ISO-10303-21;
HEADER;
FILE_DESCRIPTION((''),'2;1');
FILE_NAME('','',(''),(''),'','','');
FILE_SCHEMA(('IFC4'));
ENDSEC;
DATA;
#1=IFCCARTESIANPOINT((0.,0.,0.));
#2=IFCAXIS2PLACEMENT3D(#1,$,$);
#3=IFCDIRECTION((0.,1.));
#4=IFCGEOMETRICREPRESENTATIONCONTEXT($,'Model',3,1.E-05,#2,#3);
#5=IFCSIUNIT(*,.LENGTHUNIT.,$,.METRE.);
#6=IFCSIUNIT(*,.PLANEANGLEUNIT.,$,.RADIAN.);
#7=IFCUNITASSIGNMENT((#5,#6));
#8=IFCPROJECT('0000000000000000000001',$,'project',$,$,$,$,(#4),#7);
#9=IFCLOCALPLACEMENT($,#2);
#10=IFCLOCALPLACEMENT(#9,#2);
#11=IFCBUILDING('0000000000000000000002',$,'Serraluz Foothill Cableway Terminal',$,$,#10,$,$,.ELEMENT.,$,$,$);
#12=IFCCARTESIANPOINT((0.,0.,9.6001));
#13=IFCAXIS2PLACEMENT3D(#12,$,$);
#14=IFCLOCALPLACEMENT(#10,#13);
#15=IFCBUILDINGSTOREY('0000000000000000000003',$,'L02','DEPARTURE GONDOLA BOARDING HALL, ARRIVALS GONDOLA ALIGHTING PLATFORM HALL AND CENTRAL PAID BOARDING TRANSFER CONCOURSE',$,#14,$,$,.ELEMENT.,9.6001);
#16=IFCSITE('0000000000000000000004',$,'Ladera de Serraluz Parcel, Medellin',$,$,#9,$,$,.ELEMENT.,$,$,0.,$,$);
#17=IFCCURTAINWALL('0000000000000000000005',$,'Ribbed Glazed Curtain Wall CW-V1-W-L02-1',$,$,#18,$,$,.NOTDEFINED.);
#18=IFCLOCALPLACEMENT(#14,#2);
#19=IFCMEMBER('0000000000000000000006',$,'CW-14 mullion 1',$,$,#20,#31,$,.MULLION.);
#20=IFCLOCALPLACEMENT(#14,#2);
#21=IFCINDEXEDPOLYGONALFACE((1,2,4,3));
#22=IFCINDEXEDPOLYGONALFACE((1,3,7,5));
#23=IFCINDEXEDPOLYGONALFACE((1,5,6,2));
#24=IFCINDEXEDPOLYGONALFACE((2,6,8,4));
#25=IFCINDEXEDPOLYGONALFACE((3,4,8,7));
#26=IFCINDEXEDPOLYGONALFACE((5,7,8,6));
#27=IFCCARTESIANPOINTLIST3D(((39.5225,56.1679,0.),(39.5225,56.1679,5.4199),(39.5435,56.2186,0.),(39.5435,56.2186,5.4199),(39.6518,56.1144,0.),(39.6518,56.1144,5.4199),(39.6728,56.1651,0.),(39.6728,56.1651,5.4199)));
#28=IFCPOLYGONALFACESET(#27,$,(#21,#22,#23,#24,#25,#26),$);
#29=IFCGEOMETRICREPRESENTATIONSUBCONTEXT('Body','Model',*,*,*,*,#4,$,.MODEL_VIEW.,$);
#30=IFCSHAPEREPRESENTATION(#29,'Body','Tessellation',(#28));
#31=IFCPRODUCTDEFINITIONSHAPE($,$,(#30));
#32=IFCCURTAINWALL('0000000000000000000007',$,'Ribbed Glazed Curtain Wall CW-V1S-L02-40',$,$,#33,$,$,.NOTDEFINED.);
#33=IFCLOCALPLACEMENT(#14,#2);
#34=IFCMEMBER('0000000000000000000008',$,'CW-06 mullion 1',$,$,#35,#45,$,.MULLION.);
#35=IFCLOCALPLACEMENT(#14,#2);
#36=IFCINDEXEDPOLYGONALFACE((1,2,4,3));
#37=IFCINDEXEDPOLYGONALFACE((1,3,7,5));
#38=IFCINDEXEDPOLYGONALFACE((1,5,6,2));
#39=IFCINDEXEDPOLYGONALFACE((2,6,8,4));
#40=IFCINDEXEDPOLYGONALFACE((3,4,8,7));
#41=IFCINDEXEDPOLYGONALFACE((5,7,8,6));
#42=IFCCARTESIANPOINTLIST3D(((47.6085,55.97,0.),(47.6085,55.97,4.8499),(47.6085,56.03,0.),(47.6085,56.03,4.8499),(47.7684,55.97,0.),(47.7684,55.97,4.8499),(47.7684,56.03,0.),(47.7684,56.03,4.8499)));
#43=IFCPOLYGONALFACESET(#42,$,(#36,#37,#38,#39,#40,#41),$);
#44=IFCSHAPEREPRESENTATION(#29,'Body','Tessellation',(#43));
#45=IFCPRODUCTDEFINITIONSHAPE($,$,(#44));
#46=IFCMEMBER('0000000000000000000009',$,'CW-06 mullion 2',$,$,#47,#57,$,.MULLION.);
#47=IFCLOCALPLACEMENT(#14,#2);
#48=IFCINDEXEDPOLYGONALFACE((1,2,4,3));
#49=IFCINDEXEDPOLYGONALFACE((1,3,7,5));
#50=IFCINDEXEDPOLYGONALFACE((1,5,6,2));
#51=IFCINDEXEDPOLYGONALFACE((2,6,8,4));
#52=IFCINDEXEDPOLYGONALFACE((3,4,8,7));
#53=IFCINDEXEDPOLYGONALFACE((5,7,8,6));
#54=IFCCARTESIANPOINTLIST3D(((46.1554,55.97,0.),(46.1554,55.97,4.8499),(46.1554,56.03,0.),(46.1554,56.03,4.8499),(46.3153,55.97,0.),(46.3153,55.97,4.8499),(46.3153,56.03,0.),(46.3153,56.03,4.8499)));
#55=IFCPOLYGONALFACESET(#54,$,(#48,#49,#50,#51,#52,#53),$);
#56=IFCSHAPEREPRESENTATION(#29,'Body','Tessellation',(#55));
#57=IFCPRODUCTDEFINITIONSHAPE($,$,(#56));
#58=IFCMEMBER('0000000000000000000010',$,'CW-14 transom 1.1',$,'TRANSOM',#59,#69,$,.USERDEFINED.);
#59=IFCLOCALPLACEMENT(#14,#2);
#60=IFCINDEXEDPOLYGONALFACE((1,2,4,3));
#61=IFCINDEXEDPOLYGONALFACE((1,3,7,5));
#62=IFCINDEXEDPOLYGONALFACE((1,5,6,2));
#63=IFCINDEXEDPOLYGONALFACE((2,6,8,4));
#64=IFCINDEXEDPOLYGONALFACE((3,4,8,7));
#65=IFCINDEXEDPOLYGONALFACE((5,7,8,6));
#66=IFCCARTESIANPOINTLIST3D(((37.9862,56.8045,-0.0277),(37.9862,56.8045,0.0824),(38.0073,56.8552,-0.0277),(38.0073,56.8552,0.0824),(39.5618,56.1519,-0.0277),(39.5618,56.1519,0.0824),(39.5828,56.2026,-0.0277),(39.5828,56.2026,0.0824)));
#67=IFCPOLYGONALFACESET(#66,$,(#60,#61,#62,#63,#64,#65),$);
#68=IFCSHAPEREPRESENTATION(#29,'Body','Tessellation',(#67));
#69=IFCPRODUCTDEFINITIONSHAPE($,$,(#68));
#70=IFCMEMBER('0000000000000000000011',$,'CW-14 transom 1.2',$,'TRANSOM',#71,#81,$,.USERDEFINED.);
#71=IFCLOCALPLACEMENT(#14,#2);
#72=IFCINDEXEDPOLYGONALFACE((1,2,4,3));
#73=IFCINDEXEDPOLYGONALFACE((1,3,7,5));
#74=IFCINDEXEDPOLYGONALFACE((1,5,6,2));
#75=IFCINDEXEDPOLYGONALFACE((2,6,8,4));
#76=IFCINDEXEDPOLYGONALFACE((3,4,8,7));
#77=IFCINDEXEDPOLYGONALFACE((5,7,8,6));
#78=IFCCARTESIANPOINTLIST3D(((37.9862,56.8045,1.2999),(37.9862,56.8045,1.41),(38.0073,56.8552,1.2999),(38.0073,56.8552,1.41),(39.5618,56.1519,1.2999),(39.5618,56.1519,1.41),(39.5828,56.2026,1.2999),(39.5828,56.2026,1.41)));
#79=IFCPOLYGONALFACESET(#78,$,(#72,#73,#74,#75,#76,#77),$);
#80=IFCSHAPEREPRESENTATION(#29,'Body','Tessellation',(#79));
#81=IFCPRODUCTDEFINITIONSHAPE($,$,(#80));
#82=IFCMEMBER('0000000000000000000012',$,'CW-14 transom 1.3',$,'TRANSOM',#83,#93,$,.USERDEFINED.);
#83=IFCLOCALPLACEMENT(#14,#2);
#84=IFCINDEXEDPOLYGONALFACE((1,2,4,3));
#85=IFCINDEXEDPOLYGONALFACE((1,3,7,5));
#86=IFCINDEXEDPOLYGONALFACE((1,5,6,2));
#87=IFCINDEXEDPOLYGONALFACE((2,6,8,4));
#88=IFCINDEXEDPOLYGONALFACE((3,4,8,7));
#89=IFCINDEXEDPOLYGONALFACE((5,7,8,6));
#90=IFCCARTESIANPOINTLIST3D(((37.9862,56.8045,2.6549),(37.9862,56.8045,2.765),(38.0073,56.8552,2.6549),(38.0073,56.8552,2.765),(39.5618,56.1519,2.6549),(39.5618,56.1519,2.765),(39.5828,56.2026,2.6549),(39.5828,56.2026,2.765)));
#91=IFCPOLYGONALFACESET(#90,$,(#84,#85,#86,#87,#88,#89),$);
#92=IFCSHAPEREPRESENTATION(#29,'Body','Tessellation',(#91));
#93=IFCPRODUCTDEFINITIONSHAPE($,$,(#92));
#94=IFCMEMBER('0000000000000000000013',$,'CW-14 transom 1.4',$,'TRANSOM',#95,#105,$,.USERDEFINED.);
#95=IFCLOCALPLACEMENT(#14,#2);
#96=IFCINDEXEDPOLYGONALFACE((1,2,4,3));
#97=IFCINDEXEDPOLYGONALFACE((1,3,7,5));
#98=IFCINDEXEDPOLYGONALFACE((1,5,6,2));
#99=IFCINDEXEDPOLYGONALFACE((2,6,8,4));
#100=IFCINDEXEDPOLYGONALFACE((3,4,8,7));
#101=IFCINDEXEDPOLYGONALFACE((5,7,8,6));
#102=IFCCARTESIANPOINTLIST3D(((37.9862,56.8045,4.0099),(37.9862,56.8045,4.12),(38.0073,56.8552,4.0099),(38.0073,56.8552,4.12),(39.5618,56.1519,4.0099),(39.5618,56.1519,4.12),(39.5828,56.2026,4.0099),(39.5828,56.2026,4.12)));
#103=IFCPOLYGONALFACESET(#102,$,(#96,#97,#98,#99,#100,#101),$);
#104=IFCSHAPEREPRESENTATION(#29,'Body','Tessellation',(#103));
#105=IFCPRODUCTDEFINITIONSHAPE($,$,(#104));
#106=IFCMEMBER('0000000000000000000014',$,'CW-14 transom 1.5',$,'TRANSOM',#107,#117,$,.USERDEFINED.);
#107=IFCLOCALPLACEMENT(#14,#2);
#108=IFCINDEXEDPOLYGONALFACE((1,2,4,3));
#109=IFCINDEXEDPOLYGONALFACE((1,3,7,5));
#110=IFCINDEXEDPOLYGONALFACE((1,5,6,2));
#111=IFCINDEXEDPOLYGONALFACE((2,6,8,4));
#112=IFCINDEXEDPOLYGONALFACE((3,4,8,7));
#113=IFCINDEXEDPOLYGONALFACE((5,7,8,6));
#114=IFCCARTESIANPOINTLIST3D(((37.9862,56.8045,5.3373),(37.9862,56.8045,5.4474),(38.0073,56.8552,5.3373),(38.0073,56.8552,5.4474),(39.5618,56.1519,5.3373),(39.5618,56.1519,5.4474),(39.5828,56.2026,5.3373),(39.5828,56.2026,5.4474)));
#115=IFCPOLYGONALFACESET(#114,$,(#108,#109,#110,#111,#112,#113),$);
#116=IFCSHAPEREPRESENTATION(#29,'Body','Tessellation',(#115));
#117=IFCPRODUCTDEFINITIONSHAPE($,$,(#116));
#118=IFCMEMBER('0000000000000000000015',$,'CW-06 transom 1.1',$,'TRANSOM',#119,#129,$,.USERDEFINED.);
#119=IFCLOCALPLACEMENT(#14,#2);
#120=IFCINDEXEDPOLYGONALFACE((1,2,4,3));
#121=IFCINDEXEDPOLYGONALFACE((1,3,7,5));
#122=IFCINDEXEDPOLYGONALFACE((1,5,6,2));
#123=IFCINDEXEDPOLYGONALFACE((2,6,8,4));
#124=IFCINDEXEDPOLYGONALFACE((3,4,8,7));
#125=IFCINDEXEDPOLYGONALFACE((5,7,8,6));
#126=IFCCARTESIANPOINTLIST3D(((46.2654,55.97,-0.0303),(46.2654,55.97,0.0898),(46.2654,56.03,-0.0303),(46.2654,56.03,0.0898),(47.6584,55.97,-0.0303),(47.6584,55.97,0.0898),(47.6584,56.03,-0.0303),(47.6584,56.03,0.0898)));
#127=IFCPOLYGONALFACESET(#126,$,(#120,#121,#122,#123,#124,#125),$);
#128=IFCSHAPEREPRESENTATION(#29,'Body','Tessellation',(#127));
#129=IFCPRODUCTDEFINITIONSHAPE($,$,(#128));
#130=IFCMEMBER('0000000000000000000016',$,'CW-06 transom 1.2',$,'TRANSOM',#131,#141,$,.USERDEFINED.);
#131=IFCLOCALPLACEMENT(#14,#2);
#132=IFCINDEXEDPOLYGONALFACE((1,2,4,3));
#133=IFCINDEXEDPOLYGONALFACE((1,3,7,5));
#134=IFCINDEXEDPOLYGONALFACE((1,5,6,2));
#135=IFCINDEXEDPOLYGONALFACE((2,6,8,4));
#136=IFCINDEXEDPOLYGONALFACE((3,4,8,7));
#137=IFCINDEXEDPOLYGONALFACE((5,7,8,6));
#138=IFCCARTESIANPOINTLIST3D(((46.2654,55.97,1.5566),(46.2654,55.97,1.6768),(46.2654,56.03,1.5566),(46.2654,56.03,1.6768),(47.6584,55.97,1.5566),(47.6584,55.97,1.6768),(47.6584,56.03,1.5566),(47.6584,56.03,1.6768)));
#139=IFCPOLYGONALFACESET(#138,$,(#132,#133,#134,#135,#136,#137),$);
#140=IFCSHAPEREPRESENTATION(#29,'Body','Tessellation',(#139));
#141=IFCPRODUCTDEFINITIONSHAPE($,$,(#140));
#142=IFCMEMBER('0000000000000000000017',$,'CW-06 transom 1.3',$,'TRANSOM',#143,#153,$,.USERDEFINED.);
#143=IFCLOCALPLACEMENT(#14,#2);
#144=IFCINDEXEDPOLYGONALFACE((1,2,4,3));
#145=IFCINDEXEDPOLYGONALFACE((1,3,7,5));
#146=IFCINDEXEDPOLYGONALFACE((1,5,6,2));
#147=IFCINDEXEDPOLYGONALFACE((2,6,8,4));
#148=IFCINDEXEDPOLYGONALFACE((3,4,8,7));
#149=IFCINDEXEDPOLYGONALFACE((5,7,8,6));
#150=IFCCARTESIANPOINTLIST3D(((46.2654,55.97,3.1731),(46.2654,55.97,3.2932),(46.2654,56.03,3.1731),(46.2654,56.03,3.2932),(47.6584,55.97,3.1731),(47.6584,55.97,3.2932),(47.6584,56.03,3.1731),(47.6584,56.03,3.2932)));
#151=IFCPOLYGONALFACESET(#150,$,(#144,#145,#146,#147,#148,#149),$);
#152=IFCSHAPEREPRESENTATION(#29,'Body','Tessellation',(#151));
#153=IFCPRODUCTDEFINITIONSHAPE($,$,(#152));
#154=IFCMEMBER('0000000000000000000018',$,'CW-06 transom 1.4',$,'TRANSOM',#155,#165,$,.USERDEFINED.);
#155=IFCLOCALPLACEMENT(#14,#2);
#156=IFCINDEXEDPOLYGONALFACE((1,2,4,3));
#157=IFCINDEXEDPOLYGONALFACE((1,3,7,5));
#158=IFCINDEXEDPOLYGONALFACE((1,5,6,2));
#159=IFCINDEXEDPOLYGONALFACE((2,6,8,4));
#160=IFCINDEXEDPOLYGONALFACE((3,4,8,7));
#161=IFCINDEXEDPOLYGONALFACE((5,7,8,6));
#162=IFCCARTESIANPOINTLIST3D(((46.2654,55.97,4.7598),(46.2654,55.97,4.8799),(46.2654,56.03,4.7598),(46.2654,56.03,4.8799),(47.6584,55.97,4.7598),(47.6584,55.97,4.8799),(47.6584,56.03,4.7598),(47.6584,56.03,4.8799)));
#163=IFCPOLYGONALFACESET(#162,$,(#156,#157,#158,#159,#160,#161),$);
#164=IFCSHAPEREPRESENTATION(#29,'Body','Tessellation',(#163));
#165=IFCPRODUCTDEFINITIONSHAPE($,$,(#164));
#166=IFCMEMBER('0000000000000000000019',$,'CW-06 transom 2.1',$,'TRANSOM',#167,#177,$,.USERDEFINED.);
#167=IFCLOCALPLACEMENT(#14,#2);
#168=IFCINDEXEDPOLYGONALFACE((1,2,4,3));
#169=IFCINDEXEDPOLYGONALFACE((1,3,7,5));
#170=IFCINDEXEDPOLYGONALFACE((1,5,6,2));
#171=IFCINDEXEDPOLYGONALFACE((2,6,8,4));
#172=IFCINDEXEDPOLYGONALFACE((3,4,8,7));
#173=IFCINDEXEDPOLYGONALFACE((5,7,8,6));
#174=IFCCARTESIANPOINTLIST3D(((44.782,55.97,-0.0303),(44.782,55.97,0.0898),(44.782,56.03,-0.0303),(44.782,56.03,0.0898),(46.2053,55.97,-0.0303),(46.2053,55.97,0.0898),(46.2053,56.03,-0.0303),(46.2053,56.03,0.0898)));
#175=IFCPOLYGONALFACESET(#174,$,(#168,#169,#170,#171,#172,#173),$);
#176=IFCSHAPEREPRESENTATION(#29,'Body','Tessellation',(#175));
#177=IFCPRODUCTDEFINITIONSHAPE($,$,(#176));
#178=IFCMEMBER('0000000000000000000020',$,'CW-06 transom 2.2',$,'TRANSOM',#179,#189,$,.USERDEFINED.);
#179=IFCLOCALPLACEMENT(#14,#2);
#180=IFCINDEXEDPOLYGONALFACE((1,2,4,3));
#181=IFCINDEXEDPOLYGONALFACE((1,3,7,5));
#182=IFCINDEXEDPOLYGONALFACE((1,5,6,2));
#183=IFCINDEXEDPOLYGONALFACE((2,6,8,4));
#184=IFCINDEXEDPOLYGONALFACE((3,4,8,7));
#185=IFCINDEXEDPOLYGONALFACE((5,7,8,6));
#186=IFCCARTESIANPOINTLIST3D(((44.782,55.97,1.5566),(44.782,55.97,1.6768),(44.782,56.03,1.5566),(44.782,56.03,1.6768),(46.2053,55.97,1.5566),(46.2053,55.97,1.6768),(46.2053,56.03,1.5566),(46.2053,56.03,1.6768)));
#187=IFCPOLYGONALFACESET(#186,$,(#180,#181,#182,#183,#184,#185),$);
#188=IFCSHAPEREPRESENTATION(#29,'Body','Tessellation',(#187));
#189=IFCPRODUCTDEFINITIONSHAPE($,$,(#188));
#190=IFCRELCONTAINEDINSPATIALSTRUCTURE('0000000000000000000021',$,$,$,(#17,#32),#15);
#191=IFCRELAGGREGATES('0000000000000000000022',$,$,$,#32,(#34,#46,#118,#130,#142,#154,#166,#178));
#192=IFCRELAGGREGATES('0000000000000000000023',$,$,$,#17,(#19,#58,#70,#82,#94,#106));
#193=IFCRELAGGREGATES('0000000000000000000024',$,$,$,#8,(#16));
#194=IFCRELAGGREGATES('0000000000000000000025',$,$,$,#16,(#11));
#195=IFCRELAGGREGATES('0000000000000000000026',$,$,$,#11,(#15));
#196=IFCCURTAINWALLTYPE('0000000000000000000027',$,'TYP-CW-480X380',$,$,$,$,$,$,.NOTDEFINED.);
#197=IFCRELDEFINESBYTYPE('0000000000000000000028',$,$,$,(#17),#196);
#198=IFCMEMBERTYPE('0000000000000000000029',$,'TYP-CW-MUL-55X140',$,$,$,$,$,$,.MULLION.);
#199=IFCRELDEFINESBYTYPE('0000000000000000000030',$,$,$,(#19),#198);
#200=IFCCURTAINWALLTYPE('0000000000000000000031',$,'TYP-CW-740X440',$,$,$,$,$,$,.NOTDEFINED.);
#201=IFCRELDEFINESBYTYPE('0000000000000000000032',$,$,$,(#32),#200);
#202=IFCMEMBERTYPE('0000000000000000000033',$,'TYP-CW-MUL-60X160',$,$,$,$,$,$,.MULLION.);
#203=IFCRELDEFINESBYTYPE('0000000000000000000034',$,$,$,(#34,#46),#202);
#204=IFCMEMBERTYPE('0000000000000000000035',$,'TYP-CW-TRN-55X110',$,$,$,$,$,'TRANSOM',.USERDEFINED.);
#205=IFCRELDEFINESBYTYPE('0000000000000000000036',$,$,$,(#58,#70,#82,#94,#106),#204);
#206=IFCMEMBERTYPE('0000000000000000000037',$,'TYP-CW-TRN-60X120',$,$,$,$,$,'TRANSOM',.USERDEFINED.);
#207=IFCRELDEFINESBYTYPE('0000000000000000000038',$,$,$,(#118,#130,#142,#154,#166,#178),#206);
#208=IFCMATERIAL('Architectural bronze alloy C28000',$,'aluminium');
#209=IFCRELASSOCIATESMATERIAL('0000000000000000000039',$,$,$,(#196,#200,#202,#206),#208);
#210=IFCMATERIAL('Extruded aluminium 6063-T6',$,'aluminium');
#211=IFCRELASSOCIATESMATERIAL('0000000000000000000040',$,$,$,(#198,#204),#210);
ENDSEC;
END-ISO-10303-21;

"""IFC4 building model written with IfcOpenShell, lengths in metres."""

from ifc_helpers import new_model, si_unit, direction, frame, origin, origin_2d, place, context, subcontext, project, spatial, rectangle, extrude, material, material_profile, profile_set, type_object, element, aggregate, save


model = new_model("IFC4")

# Units and contexts
model_context = context("Model", 3, precision=1e-05, world=origin(), true_north=direction((0.0, 1.0)))
body_context = subcontext(model_context, "Body", "Model", "MODEL_VIEW")
ifc_project = project(units=[si_unit("LENGTHUNIT", "METRE"), si_unit("PLANEANGLEUNIT", "RADIAN")], contexts=[model_context])

# Site, building, storey
site_placement = place(None, origin())
site = spatial("IfcSite", under=ifc_project, at=site_placement, Name="Ladera de Serraluz Parcel, Medellin", CompositionType="ELEMENT", RefElevation=0.0)
building_placement = place(site_placement, origin())
building = spatial("IfcBuilding", under=site, at=building_placement, Name="Serraluz Foothill Cableway Terminal", CompositionType="ELEMENT")
storey_placement = place(building_placement, frame((0.0, 0.0, 9.6001)))
storey = spatial("IfcBuildingStorey", under=building, at=storey_placement, Name="L02", Description="DEPARTURE GONDOLA BOARDING HALL, ARRIVALS GONDOLA ALIGHTING PLATFORM HALL AND CENTRAL PAID BOARDING TRANSFER CONCOURSE", CompositionType="ELEMENT", Elevation=9.6001)

# Curtain wall, member
ifc_material_1 = material(Name="Architectural bronze alloy C28000", Category="aluminium")
curtain_wall_type_1 = type_object("IfcCurtainWallType", Name="TYP-CW-480X380", PredefinedType="NOTDEFINED", material=ifc_material_1)
curtain_wall_1_placement = place(storey_placement, origin())
curtain_wall_1 = element("IfcCurtainWall", 1, at=curtain_wall_1_placement, inside=storey, type_object=curtain_wall_type_1, Name="Ribbed Glazed Curtain Wall CW-V1-W-L02-1", PredefinedType="NOTDEFINED")
ifc_material_2 = material(Name="Extruded aluminium 6063-T6", Category="aluminium")
ifc_material_profile_1 = material_profile(ifc_material_2, rectangle(XDim=0.0549, YDim=0.1399, at=origin_2d()), Name="ALU MULLION 55x140")
ifc_profile_set_1 = profile_set([ifc_material_profile_1], Name="Extruded aluminium 6063-T6")
member_type_1 = type_object("IfcMemberType", Name="TYP-CW-MUL-55X140", PredefinedType="MULLION", material=ifc_profile_set_1)
member_1_placement = place(storey_placement, frame((39.5977, 56.1665, 0.0), z_axis=(0.0, 0.0, 1.0), x_axis=(-0.382682, -0.92388, 0.0)))
member_1 = element("IfcMember", 2, at=member_1_placement, type_object=member_type_1, Name="CW-14 mullion 1", PredefinedType="MULLION", context=body_context, shape_type="SweptSolid", body=[
    extrude(rectangle(XDim=0.0549, YDim=0.1399, at=origin_2d()), origin(), (0.0, 0.0, 1.0), 5.4199),
])

# Curtain wall, members
curtain_wall_type_2 = type_object("IfcCurtainWallType", Name="TYP-CW-740X440", PredefinedType="NOTDEFINED", material=ifc_material_1)
curtain_wall_2_placement = place(storey_placement, origin())
curtain_wall_2 = element("IfcCurtainWall", 3, at=curtain_wall_2_placement, inside=storey, type_object=curtain_wall_type_2, Name="Ribbed Glazed Curtain Wall CW-V1S-L02-40", PredefinedType="NOTDEFINED")
ifc_material_profile_2 = material_profile(ifc_material_1, rectangle(XDim=0.0601, YDim=0.1599, at=origin_2d()), Name="ALU MULLION 60x160")
ifc_profile_set_2 = profile_set([ifc_material_profile_2], Name="Architectural bronze alloy C28000")
member_type_2 = type_object("IfcMemberType", Name="TYP-CW-MUL-60X160", PredefinedType="MULLION", material=ifc_profile_set_2)
member_2_placement = place(storey_placement, frame((47.6885, 56.0, 0.0), z_axis=(0.0, 0.0, 1.0), x_axis=(0.0, -1.0, 0.0)))
member_2 = element("IfcMember", 4, at=member_2_placement, type_object=member_type_2, Name="CW-06 mullion 1", PredefinedType="MULLION", context=body_context, shape_type="SweptSolid", body=[
    extrude(rectangle(XDim=0.0601, YDim=0.1599, at=origin_2d()), origin(), (0.0, 0.0, 1.0), 4.8499),
])
member_3_placement = place(storey_placement, frame((46.2354, 56.0, 0.0), z_axis=(0.0, 0.0, 1.0), x_axis=(0.0, -1.0, 0.0)))
member_3 = element("IfcMember", 5, at=member_3_placement, type_object=member_type_2, Name="CW-06 mullion 2", PredefinedType="MULLION", context=body_context, shape_type="SweptSolid", body=[
    extrude(rectangle(XDim=0.0601, YDim=0.1599, at=origin_2d()), origin(), (0.0, 0.0, 1.0), 4.8499),
])

# Members
ifc_material_profile_3 = material_profile(ifc_material_2, rectangle(XDim=0.0549, YDim=0.1101, at=origin_2d()), Name="ALU TRANSOM 55x110")
ifc_profile_set_3 = profile_set([ifc_material_profile_3], Name="Extruded aluminium 6063-T6")
member_type_3 = type_object("IfcMemberType", Name="TYP-CW-TRN-55X110", ElementType="TRANSOM", PredefinedType="USERDEFINED", material=ifc_profile_set_3)
member_4_placement = place(storey_placement, frame((39.5723, 56.1772, 0.0273), z_axis=(-0.923875, 0.382693, 0.0), x_axis=(-0.382693, -0.923875, 0.0)))
member_4 = element("IfcMember", 6, at=member_4_placement, type_object=member_type_3, Name="CW-14 transom 1.1", ObjectType="TRANSOM", PredefinedType="USERDEFINED", context=body_context, shape_type="SweptSolid", body=[
    extrude(rectangle(XDim=0.0549, YDim=0.1101, at=origin_2d()), origin(), (0.0, 0.0, 1.0), 1.7053),
])
member_5_placement = place(storey_placement, frame((39.5723, 56.1772, 1.355), z_axis=(-0.923875, 0.382693, 0.0), x_axis=(-0.382693, -0.923875, 0.0)))
member_5 = element("IfcMember", 7, at=member_5_placement, type_object=member_type_3, Name="CW-14 transom 1.2", ObjectType="TRANSOM", PredefinedType="USERDEFINED", context=body_context, shape_type="SweptSolid", body=[
    extrude(rectangle(XDim=0.0549, YDim=0.1101, at=origin_2d()), origin(), (0.0, 0.0, 1.0), 1.7053),
])
member_6_placement = place(storey_placement, frame((39.5723, 56.1772, 2.71), z_axis=(-0.923875, 0.382693, 0.0), x_axis=(-0.382693, -0.923875, 0.0)))
member_6 = element("IfcMember", 8, at=member_6_placement, type_object=member_type_3, Name="CW-14 transom 1.3", ObjectType="TRANSOM", PredefinedType="USERDEFINED", context=body_context, shape_type="SweptSolid", body=[
    extrude(rectangle(XDim=0.0549, YDim=0.1101, at=origin_2d()), origin(), (0.0, 0.0, 1.0), 1.7053),
])
member_7_placement = place(storey_placement, frame((39.5723, 56.1772, 4.0649), z_axis=(-0.923875, 0.382693, 0.0), x_axis=(-0.382693, -0.923875, 0.0)))
member_7 = element("IfcMember", 9, at=member_7_placement, type_object=member_type_3, Name="CW-14 transom 1.4", ObjectType="TRANSOM", PredefinedType="USERDEFINED", context=body_context, shape_type="SweptSolid", body=[
    extrude(rectangle(XDim=0.0549, YDim=0.1101, at=origin_2d()), origin(), (0.0, 0.0, 1.0), 1.7053),
])
member_8_placement = place(storey_placement, frame((39.5723, 56.1772, 5.3923), z_axis=(-0.923875, 0.382693, 0.0), x_axis=(-0.382693, -0.923875, 0.0)))
member_8 = element("IfcMember", 10, at=member_8_placement, type_object=member_type_3, Name="CW-14 transom 1.5", ObjectType="TRANSOM", PredefinedType="USERDEFINED", context=body_context, shape_type="SweptSolid", body=[
    extrude(rectangle(XDim=0.0549, YDim=0.1101, at=origin_2d()), origin(), (0.0, 0.0, 1.0), 1.7053),
])
ifc_material_profile_4 = material_profile(ifc_material_1, rectangle(XDim=0.0601, YDim=0.1201, at=origin_2d()), Name="ALU TRANSOM 60x120")
ifc_profile_set_4 = profile_set([ifc_material_profile_4], Name="Architectural bronze alloy C28000")
member_type_4 = type_object("IfcMemberType", Name="TYP-CW-TRN-60X120", ElementType="TRANSOM", PredefinedType="USERDEFINED", material=ifc_profile_set_4)
member_9_placement = place(storey_placement, frame((47.6584, 56.0, 0.0298), z_axis=(-1.0, 0.0, 0.0), x_axis=(0.0, -1.0, 0.0)))
member_9 = element("IfcMember", 11, at=member_9_placement, type_object=member_type_4, Name="CW-06 transom 1.1", ObjectType="TRANSOM", PredefinedType="USERDEFINED", context=body_context, shape_type="SweptSolid", body=[
    extrude(rectangle(XDim=0.0601, YDim=0.1201, at=origin_2d()), origin(), (0.0, 0.0, 1.0), 1.3931),
])
member_10_placement = place(storey_placement, frame((47.6584, 56.0, 1.6167), z_axis=(-1.0, 0.0, 0.0), x_axis=(0.0, -1.0, 0.0)))
member_10 = element("IfcMember", 12, at=member_10_placement, type_object=member_type_4, Name="CW-06 transom 1.2", ObjectType="TRANSOM", PredefinedType="USERDEFINED", context=body_context, shape_type="SweptSolid", body=[
    extrude(rectangle(XDim=0.0601, YDim=0.1201, at=origin_2d()), origin(), (0.0, 0.0, 1.0), 1.3931),
])
member_11_placement = place(storey_placement, frame((47.6584, 56.0, 3.2332), z_axis=(-1.0, 0.0, 0.0), x_axis=(0.0, -1.0, 0.0)))
member_11 = element("IfcMember", 13, at=member_11_placement, type_object=member_type_4, Name="CW-06 transom 1.3", ObjectType="TRANSOM", PredefinedType="USERDEFINED", context=body_context, shape_type="SweptSolid", body=[
    extrude(rectangle(XDim=0.0601, YDim=0.1201, at=origin_2d()), origin(), (0.0, 0.0, 1.0), 1.3931),
])
member_12_placement = place(storey_placement, frame((47.6584, 56.0, 4.8198), z_axis=(-1.0, 0.0, 0.0), x_axis=(0.0, -1.0, 0.0)))
member_12 = element("IfcMember", 14, at=member_12_placement, type_object=member_type_4, Name="CW-06 transom 1.4", ObjectType="TRANSOM", PredefinedType="USERDEFINED", context=body_context, shape_type="SweptSolid", body=[
    extrude(rectangle(XDim=0.0601, YDim=0.1201, at=origin_2d()), origin(), (0.0, 0.0, 1.0), 1.3931),
])
member_13_placement = place(storey_placement, frame((46.2053, 56.0, 0.0298), z_axis=(-1.0, 0.0, 0.0), x_axis=(0.0, -1.0, 0.0)))
member_13 = element("IfcMember", 15, at=member_13_placement, type_object=member_type_4, Name="CW-06 transom 2.1", ObjectType="TRANSOM", PredefinedType="USERDEFINED", context=body_context, shape_type="SweptSolid", body=[
    extrude(rectangle(XDim=0.0601, YDim=0.1201, at=origin_2d()), origin(), (0.0, 0.0, 1.0), 1.4233),
])
member_14_placement = place(storey_placement, frame((46.2053, 56.0, 1.6167), z_axis=(-1.0, 0.0, 0.0), x_axis=(0.0, -1.0, 0.0)))
member_14 = element("IfcMember", 16, at=member_14_placement, type_object=member_type_4, Name="CW-06 transom 2.2", ObjectType="TRANSOM", PredefinedType="USERDEFINED", context=body_context, shape_type="SweptSolid", body=[
    extrude(rectangle(XDim=0.0601, YDim=0.1201, at=origin_2d()), origin(), (0.0, 0.0, 1.0), 1.4233),
])

aggregate(curtain_wall_2, [member_2, member_3, member_9, member_10, member_11, member_12, member_13, member_14])
aggregate(curtain_wall_1, [member_1, member_4, member_5, member_6, member_7, member_8])

save(model, "model.ifc")
